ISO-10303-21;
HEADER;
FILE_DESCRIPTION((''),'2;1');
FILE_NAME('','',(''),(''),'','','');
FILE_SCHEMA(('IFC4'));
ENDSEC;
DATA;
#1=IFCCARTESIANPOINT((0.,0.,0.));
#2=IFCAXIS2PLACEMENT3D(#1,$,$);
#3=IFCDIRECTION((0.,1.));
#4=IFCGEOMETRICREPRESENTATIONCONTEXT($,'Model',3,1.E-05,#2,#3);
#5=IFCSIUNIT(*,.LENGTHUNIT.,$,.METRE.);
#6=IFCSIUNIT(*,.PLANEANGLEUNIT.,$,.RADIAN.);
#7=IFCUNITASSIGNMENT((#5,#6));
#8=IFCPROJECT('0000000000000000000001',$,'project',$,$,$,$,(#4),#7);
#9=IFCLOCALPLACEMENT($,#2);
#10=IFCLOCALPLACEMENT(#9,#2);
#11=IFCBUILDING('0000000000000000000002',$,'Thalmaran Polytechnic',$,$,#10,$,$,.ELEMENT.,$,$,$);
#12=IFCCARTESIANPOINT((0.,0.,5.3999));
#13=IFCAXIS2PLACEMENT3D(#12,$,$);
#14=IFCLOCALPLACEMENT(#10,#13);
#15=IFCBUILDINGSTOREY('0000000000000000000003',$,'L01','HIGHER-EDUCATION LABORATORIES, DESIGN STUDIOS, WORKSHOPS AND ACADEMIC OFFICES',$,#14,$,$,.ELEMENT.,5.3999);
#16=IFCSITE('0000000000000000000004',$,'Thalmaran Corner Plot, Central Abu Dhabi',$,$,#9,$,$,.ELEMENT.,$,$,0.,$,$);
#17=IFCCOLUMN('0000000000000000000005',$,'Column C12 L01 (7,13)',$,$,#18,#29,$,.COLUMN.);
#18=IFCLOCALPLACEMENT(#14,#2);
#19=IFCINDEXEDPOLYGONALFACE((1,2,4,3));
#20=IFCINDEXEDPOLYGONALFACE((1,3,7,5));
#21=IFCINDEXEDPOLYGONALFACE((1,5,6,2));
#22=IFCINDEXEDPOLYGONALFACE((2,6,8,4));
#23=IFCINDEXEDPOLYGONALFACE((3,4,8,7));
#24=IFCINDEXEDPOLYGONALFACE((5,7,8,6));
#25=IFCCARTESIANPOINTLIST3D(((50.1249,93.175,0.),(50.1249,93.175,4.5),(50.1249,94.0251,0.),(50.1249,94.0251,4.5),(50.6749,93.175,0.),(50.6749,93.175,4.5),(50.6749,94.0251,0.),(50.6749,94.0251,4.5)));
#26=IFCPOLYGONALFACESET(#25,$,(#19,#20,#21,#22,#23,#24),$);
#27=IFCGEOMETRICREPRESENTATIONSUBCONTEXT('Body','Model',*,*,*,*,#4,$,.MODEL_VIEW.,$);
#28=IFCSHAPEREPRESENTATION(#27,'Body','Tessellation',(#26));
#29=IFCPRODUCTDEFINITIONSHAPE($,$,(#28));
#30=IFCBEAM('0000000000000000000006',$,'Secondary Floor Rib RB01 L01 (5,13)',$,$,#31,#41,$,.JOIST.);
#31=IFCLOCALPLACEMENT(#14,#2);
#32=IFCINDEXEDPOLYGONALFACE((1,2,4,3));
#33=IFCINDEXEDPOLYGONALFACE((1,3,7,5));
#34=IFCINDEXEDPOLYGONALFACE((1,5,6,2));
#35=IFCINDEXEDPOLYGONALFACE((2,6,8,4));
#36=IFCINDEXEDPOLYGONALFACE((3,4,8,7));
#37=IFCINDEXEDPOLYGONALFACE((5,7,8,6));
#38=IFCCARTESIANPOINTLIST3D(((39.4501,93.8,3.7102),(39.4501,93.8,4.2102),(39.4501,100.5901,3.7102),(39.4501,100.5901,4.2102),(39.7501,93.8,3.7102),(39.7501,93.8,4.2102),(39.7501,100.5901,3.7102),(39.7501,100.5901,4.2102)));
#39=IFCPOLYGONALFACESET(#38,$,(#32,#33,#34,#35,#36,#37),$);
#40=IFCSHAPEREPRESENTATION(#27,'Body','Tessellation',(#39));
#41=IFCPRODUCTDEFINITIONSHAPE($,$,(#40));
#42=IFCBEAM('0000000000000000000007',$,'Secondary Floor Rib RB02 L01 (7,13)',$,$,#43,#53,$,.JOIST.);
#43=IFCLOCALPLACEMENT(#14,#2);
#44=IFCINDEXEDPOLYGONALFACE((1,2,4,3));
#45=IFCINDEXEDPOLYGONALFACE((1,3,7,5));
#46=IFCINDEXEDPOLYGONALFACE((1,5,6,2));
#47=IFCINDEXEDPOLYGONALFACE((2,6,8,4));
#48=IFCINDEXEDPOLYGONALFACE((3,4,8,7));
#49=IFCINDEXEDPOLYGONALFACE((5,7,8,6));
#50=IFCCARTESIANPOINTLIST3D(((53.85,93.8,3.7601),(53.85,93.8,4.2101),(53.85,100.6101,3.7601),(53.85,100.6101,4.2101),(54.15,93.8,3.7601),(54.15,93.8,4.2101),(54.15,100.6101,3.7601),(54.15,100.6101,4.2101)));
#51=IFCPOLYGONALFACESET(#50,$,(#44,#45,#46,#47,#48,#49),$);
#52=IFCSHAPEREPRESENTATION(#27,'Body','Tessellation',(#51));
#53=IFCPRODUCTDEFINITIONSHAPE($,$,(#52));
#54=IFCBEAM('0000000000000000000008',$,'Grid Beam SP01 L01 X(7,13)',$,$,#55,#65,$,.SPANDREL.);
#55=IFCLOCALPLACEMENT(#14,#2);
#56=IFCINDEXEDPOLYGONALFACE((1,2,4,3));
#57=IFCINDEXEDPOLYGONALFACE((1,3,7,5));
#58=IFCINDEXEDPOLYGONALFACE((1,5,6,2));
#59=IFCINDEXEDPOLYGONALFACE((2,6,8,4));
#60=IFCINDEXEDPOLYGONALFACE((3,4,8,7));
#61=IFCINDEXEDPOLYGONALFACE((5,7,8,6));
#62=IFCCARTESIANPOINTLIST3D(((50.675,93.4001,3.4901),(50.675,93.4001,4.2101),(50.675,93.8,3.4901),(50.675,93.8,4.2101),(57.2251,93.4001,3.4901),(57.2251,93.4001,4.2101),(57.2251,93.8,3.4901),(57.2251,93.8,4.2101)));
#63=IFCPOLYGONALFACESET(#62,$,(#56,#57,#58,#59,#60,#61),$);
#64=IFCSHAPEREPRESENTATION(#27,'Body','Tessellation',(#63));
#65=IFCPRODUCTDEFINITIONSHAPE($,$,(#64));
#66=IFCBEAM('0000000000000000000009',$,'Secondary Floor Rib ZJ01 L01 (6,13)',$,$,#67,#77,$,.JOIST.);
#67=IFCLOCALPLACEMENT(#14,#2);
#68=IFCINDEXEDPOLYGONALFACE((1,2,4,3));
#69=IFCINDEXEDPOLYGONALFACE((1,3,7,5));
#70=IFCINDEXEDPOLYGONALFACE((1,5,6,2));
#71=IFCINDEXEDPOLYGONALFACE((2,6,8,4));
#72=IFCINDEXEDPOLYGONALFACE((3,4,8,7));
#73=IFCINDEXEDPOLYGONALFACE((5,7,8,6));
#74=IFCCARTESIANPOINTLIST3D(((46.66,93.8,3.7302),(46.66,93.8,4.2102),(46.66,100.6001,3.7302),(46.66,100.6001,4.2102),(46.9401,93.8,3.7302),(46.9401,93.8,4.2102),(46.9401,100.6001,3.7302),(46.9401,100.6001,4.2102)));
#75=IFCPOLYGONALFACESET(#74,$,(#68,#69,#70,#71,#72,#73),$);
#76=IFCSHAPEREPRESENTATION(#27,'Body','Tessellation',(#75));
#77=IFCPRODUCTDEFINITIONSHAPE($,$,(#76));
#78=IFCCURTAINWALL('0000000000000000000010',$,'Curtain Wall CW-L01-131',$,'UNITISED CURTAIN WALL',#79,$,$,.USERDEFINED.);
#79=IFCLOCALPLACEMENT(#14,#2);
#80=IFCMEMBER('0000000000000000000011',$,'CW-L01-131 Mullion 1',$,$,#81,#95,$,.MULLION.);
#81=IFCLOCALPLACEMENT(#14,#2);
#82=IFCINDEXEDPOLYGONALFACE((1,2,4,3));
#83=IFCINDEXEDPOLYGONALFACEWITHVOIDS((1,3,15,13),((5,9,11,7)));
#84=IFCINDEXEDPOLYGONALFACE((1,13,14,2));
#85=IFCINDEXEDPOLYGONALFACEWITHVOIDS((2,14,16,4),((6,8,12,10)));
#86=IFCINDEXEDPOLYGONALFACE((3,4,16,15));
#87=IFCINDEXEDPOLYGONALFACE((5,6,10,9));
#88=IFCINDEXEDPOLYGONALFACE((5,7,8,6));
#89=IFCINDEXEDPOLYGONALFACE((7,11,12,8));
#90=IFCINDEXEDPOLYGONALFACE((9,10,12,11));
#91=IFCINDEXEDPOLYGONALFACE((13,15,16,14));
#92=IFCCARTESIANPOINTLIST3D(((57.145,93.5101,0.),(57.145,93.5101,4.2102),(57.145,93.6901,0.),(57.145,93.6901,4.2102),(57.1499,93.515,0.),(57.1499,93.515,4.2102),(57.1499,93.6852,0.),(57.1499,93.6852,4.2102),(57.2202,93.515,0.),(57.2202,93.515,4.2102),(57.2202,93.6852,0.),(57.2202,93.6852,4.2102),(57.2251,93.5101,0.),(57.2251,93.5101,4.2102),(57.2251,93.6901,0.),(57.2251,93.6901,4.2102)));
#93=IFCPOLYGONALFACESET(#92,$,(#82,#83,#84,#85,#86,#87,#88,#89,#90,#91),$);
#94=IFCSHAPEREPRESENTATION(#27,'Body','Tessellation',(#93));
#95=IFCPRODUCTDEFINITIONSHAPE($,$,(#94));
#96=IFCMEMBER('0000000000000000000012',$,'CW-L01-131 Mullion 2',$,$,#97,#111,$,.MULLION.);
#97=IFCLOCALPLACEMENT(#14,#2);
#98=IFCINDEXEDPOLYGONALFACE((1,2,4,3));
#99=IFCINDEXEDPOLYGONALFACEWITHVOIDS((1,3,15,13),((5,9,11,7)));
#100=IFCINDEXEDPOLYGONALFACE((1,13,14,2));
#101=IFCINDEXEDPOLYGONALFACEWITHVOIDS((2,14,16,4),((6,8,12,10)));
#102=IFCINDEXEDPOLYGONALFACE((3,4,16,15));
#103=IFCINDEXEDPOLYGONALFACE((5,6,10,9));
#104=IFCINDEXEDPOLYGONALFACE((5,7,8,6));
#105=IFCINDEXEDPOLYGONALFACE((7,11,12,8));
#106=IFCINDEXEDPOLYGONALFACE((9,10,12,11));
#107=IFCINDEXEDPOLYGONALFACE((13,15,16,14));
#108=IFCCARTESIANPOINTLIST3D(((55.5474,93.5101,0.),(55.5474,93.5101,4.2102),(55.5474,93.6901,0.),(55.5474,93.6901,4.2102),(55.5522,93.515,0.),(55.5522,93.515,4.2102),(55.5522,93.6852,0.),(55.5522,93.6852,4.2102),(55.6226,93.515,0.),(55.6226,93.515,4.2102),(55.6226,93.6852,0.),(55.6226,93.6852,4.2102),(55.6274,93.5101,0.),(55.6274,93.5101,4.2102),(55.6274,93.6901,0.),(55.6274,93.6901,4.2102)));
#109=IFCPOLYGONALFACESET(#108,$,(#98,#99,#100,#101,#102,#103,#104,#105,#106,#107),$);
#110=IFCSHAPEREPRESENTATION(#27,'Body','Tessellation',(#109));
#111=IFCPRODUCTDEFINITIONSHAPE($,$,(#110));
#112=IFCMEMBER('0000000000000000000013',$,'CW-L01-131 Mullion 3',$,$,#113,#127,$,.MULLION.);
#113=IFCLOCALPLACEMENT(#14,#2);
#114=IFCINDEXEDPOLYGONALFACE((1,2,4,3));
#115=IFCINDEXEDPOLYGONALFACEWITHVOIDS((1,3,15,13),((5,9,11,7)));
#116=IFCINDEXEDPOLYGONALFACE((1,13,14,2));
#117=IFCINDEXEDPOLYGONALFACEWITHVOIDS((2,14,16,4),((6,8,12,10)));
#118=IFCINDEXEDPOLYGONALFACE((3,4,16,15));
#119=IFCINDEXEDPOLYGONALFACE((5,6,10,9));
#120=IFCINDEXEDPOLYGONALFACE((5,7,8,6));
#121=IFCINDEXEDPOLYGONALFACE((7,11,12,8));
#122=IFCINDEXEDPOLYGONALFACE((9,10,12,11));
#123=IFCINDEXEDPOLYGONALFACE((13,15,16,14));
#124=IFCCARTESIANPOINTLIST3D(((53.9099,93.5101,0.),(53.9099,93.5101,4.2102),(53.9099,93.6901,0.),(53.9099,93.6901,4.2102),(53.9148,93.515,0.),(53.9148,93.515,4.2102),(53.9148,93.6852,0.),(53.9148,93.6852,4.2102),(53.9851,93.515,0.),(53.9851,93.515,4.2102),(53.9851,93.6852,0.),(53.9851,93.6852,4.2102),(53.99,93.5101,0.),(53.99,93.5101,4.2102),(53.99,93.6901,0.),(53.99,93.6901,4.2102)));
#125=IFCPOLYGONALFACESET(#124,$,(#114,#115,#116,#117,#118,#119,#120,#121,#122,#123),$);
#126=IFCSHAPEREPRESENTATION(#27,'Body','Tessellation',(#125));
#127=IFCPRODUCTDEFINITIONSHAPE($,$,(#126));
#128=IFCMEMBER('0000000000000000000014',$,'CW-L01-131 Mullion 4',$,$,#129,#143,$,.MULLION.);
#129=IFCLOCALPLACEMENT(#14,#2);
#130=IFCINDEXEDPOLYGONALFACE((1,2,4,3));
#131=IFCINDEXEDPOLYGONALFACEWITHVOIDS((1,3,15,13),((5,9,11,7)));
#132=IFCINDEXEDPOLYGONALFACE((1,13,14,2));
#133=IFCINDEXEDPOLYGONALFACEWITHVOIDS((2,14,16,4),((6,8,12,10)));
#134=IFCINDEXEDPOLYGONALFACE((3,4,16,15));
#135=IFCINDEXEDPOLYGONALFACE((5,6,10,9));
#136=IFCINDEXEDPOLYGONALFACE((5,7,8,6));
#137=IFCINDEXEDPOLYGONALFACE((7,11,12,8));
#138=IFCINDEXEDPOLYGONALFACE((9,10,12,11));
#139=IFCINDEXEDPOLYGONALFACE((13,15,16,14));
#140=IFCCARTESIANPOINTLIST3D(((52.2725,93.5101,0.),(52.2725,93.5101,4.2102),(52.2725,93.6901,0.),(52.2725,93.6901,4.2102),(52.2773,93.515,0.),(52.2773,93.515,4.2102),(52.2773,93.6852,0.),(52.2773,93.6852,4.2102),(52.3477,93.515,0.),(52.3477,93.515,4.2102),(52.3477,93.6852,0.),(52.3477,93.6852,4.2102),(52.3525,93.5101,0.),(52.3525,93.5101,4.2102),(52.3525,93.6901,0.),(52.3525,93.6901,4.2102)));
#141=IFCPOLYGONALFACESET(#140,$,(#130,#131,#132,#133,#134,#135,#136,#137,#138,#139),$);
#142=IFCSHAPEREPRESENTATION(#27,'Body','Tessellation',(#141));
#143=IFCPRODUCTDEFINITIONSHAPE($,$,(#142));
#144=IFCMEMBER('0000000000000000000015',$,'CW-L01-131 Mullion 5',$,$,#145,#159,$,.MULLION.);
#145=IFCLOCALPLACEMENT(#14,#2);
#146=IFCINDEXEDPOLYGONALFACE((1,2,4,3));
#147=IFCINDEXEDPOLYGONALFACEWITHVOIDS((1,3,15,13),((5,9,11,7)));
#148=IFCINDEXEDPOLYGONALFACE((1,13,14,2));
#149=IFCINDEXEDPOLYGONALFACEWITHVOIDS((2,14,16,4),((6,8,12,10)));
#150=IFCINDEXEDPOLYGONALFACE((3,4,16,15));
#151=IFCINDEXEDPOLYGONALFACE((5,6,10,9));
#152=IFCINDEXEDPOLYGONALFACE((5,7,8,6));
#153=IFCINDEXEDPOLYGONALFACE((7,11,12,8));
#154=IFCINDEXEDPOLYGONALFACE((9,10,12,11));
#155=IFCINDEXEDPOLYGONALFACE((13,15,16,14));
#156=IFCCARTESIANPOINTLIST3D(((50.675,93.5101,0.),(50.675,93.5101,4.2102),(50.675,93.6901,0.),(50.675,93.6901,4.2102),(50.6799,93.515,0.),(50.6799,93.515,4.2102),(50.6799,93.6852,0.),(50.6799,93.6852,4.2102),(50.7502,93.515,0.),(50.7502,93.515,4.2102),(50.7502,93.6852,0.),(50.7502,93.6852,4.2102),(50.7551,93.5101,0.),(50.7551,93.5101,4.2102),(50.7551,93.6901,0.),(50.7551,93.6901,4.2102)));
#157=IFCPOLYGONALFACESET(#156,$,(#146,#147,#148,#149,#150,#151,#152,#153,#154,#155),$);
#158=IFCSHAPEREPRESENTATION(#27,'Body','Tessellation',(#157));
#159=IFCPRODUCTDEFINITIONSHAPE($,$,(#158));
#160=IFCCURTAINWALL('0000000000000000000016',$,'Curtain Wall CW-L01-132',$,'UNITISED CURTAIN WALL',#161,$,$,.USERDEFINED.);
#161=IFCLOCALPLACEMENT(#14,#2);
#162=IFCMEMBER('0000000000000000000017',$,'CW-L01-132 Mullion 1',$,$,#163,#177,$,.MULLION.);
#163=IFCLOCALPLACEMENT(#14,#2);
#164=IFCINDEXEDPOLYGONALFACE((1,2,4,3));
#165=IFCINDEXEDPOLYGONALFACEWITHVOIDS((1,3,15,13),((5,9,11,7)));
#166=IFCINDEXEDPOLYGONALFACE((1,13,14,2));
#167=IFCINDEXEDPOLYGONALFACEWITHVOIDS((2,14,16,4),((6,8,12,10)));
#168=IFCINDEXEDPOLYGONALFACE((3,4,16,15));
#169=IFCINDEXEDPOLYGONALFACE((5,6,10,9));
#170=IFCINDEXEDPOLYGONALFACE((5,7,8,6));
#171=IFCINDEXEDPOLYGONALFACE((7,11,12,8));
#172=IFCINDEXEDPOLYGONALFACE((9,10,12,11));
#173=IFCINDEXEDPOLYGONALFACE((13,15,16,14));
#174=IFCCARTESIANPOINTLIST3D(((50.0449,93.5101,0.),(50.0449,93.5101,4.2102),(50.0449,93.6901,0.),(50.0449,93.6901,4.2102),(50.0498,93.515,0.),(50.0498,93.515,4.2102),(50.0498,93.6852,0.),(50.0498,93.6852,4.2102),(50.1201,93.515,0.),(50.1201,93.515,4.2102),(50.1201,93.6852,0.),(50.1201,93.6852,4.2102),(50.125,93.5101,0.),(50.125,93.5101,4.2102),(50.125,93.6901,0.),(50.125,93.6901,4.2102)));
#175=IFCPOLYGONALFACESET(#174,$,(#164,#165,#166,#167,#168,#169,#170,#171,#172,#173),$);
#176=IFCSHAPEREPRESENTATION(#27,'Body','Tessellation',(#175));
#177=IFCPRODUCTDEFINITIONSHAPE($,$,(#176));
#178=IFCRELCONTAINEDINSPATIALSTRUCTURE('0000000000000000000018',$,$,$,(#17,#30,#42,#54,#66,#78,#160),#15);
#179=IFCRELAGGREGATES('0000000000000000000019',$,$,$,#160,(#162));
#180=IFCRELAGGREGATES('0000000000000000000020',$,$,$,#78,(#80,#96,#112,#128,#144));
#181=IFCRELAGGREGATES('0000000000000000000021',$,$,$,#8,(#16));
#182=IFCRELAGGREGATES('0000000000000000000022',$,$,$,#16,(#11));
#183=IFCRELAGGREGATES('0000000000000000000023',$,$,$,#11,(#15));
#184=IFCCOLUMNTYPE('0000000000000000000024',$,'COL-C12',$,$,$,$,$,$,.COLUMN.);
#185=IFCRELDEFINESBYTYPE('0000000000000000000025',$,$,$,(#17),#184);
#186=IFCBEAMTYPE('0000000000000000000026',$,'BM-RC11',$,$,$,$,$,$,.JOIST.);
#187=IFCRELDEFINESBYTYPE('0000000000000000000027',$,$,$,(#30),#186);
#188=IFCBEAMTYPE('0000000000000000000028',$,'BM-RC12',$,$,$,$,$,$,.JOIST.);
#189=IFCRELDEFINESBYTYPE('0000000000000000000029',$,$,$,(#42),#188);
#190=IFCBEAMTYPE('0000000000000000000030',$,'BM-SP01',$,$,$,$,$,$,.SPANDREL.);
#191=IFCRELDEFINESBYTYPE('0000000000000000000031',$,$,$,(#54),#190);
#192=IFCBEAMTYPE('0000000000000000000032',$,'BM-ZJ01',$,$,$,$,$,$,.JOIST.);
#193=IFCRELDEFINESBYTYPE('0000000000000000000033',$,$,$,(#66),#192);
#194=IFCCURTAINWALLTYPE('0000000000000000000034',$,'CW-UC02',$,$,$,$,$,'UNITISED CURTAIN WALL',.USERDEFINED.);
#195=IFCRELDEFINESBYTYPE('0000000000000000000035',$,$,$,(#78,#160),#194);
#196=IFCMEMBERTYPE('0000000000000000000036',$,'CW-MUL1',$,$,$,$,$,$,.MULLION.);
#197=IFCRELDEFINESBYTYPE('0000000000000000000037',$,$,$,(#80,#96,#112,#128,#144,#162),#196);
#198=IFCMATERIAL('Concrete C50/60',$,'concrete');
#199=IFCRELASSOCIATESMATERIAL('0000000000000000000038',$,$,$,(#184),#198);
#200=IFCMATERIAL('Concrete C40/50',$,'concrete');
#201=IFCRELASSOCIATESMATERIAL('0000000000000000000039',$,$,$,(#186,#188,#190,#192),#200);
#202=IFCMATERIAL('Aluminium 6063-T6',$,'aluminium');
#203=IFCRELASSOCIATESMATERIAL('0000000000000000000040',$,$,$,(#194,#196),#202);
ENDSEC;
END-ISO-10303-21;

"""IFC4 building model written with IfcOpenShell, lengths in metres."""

from ifc_helpers import new_model, si_unit, direction, frame, origin, origin_2d, place, context, subcontext, project, spatial, rectangle, hollow_rectangle, extrude, material, material_profile, profile_set, type_object, element, aggregate, save


model = new_model("IFC4")

# Units and contexts
model_context = context("Model", 3, precision=1e-05, world=origin(), true_north=direction((0.0, 1.0)))
body_context = subcontext(model_context, "Body", "Model", "MODEL_VIEW")
ifc_project = project(units=[si_unit("LENGTHUNIT", "METRE"), si_unit("PLANEANGLEUNIT", "RADIAN")], contexts=[model_context])

# Site, building, storey
site_placement = place(None, origin())
site = spatial("IfcSite", under=ifc_project, at=site_placement, Name="Thalmaran Corner Plot, Central Abu Dhabi", CompositionType="ELEMENT", RefElevation=0.0)
building_placement = place(site_placement, origin())
building = spatial("IfcBuilding", under=site, at=building_placement, Name="Thalmaran Polytechnic", CompositionType="ELEMENT")
storey_placement = place(building_placement, frame((0.0, 0.0, 5.3999)))
storey = spatial("IfcBuildingStorey", under=building, at=storey_placement, Name="L01", Description="HIGHER-EDUCATION LABORATORIES, DESIGN STUDIOS, WORKSHOPS AND ACADEMIC OFFICES", CompositionType="ELEMENT", Elevation=5.3999)

# Column
ifc_material_1 = material(Name="Concrete C50/60", Category="concrete")
ifc_material_profile_1 = material_profile(ifc_material_1, rectangle(XDim=0.55, YDim=0.8501, at=origin_2d()), Name="RC 550x850")
ifc_profile_set_1 = profile_set([ifc_material_profile_1], Name="Concrete C50/60")
column_type = type_object("IfcColumnType", Name="COL-C12", PredefinedType="COLUMN", material=ifc_profile_set_1)
column_placement = place(storey_placement, frame((50.3999, 93.6001, 0.0), z_axis=(0.0, 0.0, 1.0), x_axis=(1.0, 0.0, 0.0)))
element("IfcColumn", 1, at=column_placement, inside=storey, type_object=column_type, Name="Column C12 L01 (7,13)", PredefinedType="COLUMN", context=body_context, shape_type="SweptSolid", body=[
    extrude(rectangle(XDim=0.55, YDim=0.8501, at=origin_2d()), origin(), (0.0, 0.0, 1.0), 4.5),
])

# Beams
ifc_material_2 = material(Name="Concrete C40/50", Category="concrete")
ifc_material_profile_2 = material_profile(ifc_material_2, rectangle(XDim=0.3, YDim=0.5, at=origin_2d()), Name="RC 300x500")
ifc_profile_set_2 = profile_set([ifc_material_profile_2], Name="Concrete C40/50")
beam_type_1 = type_object("IfcBeamType", Name="BM-RC11", PredefinedType="JOIST", material=ifc_profile_set_2)
beam_1_placement = place(storey_placement, frame((39.6001, 93.8, 3.9602), z_axis=(0.0, 1.0, 0.0), x_axis=(-1.0, 0.0, 0.0)))
element("IfcBeam", 2, at=beam_1_placement, inside=storey, type_object=beam_type_1, Name="Secondary Floor Rib RB01 L01 (5,13)", PredefinedType="JOIST", context=body_context, shape_type="SweptSolid", body=[
    extrude(rectangle(XDim=0.3, YDim=0.5, at=origin_2d()), origin(), (0.0, 0.0, 1.0), 6.79),
])
ifc_material_profile_3 = material_profile(ifc_material_2, rectangle(XDim=0.3, YDim=0.45, at=origin_2d()), Name="RC 300x450")
ifc_profile_set_3 = profile_set([ifc_material_profile_3], Name="Concrete C40/50")
beam_type_2 = type_object("IfcBeamType", Name="BM-RC12", PredefinedType="JOIST", material=ifc_profile_set_3)
beam_2_placement = place(storey_placement, frame((54.0, 93.8, 3.9851), z_axis=(0.0, 1.0, 0.0), x_axis=(-1.0, 0.0, 0.0)))
element("IfcBeam", 3, at=beam_2_placement, inside=storey, type_object=beam_type_2, Name="Secondary Floor Rib RB02 L01 (7,13)", PredefinedType="JOIST", context=body_context, shape_type="SweptSolid", body=[
    extrude(rectangle(XDim=0.3, YDim=0.45, at=origin_2d()), origin(), (0.0, 0.0, 1.0), 6.8101),
])
ifc_material_profile_4 = material_profile(ifc_material_2, rectangle(XDim=0.3999, YDim=0.72, at=origin_2d()), Name="RC 400x720")
ifc_profile_set_4 = profile_set([ifc_material_profile_4], Name="Concrete C40/50")
beam_type_3 = type_object("IfcBeamType", Name="BM-SP01", PredefinedType="SPANDREL", material=ifc_profile_set_4)
beam_3_placement = place(storey_placement, frame((50.675, 93.6001, 3.8501), z_axis=(1.0, 0.0, 0.0), x_axis=(0.0, 1.0, 0.0)))
element("IfcBeam", 4, at=beam_3_placement, inside=storey, type_object=beam_type_3, Name="Grid Beam SP01 L01 X(7,13)", PredefinedType="SPANDREL", context=body_context, shape_type="SweptSolid", body=[
    extrude(rectangle(XDim=0.3999, YDim=0.72, at=origin_2d()), origin(), (0.0, 0.0, 1.0), 6.55),
])
ifc_material_profile_5 = material_profile(ifc_material_2, rectangle(XDim=0.28, YDim=0.48, at=origin_2d()), Name="RC 280x480")
ifc_profile_set_5 = profile_set([ifc_material_profile_5], Name="Concrete C40/50")
beam_type_4 = type_object("IfcBeamType", Name="BM-ZJ01", PredefinedType="JOIST", material=ifc_profile_set_5)
beam_4_placement = place(storey_placement, frame((46.8, 93.8, 3.9702), z_axis=(0.0, 1.0, 0.0), x_axis=(-1.0, 0.0, 0.0)))
element("IfcBeam", 5, at=beam_4_placement, inside=storey, type_object=beam_type_4, Name="Secondary Floor Rib ZJ01 L01 (6,13)", PredefinedType="JOIST", context=body_context, shape_type="SweptSolid", body=[
    extrude(rectangle(XDim=0.28, YDim=0.48, at=origin_2d()), origin(), (0.0, 0.0, 1.0), 6.8),
])

# Curtain walls, members
ifc_material_3 = material(Name="Aluminium 6063-T6", Category="aluminium")
curtain_wall_type = type_object("IfcCurtainWallType", Name="CW-UC02", ElementType="UNITISED CURTAIN WALL", PredefinedType="USERDEFINED", material=ifc_material_3)
curtain_wall_1_placement = place(storey_placement, origin())
curtain_wall_1 = element("IfcCurtainWall", 6, at=curtain_wall_1_placement, inside=storey, type_object=curtain_wall_type, Name="Curtain Wall CW-L01-131", ObjectType="UNITISED CURTAIN WALL", PredefinedType="USERDEFINED")
ifc_material_profile_6 = material_profile(ifc_material_3, hollow_rectangle(XDim=0.0801, YDim=0.1799, WallThickness=0.0049, at=origin_2d()), Name="RHS 180x80x5.0")
ifc_profile_set_6 = profile_set([ifc_material_profile_6], Name="Aluminium 6063-T6")
member_type_1 = type_object("IfcMemberType", Name="CW-MUL1", PredefinedType="MULLION", material=ifc_profile_set_6)
member_1_placement = place(storey_placement, frame((57.1851, 93.6001, 0.0), z_axis=(0.0, 0.0, 1.0), x_axis=(1.0, 0.0, 0.0)))
member_1 = element("IfcMember", 7, at=member_1_placement, type_object=member_type_1, Name="CW-L01-131 Mullion 1", PredefinedType="MULLION", context=body_context, shape_type="SweptSolid", body=[
    extrude(hollow_rectangle(XDim=0.0801, YDim=0.1799, WallThickness=0.0049, at=origin_2d()), origin(), (0.0, 0.0, 1.0), 4.2102),
])
member_2_placement = place(storey_placement, frame((55.5874, 93.6001, 0.0), z_axis=(0.0, 0.0, 1.0), x_axis=(1.0, 0.0, 0.0)))
member_2 = element("IfcMember", 8, at=member_2_placement, type_object=member_type_1, Name="CW-L01-131 Mullion 2", PredefinedType="MULLION", context=body_context, shape_type="SweptSolid", body=[
    extrude(hollow_rectangle(XDim=0.0801, YDim=0.1799, WallThickness=0.0049, at=origin_2d()), origin(), (0.0, 0.0, 1.0), 4.2102),
])
member_3_placement = place(storey_placement, frame((53.95, 93.6001, 0.0), z_axis=(0.0, 0.0, 1.0), x_axis=(1.0, 0.0, 0.0)))
member_3 = element("IfcMember", 9, at=member_3_placement, type_object=member_type_1, Name="CW-L01-131 Mullion 3", PredefinedType="MULLION", context=body_context, shape_type="SweptSolid", body=[
    extrude(hollow_rectangle(XDim=0.0801, YDim=0.1799, WallThickness=0.0049, at=origin_2d()), origin(), (0.0, 0.0, 1.0), 4.2102),
])
member_4_placement = place(storey_placement, frame((52.3125, 93.6001, 0.0), z_axis=(0.0, 0.0, 1.0), x_axis=(1.0, 0.0, 0.0)))
member_4 = element("IfcMember", 10, at=member_4_placement, type_object=member_type_1, Name="CW-L01-131 Mullion 4", PredefinedType="MULLION", context=body_context, shape_type="SweptSolid", body=[
    extrude(hollow_rectangle(XDim=0.0801, YDim=0.1799, WallThickness=0.0049, at=origin_2d()), origin(), (0.0, 0.0, 1.0), 4.2102),
])
member_5_placement = place(storey_placement, frame((50.7151, 93.6001, 0.0), z_axis=(0.0, 0.0, 1.0), x_axis=(1.0, 0.0, 0.0)))
member_5 = element("IfcMember", 11, at=member_5_placement, type_object=member_type_1, Name="CW-L01-131 Mullion 5", PredefinedType="MULLION", context=body_context, shape_type="SweptSolid", body=[
    extrude(hollow_rectangle(XDim=0.0801, YDim=0.1799, WallThickness=0.0049, at=origin_2d()), origin(), (0.0, 0.0, 1.0), 4.2102),
])
curtain_wall_2_placement = place(storey_placement, origin())
curtain_wall_2 = element("IfcCurtainWall", 12, at=curtain_wall_2_placement, inside=storey, type_object=curtain_wall_type, Name="Curtain Wall CW-L01-132", ObjectType="UNITISED CURTAIN WALL", PredefinedType="USERDEFINED")
member_6_placement = place(storey_placement, frame((50.085, 93.6001, 0.0), z_axis=(0.0, 0.0, 1.0), x_axis=(1.0, 0.0, 0.0)))
member_6 = element("IfcMember", 13, at=member_6_placement, type_object=member_type_1, Name="CW-L01-132 Mullion 1", PredefinedType="MULLION", context=body_context, shape_type="SweptSolid", body=[
    extrude(hollow_rectangle(XDim=0.0801, YDim=0.1799, WallThickness=0.0049, at=origin_2d()), origin(), (0.0, 0.0, 1.0), 4.2102),
])

aggregate(curtain_wall_2, [member_6])
aggregate(curtain_wall_1, [member_1, member_2, member_3, member_4, member_5])

save(model, "model.ifc")
